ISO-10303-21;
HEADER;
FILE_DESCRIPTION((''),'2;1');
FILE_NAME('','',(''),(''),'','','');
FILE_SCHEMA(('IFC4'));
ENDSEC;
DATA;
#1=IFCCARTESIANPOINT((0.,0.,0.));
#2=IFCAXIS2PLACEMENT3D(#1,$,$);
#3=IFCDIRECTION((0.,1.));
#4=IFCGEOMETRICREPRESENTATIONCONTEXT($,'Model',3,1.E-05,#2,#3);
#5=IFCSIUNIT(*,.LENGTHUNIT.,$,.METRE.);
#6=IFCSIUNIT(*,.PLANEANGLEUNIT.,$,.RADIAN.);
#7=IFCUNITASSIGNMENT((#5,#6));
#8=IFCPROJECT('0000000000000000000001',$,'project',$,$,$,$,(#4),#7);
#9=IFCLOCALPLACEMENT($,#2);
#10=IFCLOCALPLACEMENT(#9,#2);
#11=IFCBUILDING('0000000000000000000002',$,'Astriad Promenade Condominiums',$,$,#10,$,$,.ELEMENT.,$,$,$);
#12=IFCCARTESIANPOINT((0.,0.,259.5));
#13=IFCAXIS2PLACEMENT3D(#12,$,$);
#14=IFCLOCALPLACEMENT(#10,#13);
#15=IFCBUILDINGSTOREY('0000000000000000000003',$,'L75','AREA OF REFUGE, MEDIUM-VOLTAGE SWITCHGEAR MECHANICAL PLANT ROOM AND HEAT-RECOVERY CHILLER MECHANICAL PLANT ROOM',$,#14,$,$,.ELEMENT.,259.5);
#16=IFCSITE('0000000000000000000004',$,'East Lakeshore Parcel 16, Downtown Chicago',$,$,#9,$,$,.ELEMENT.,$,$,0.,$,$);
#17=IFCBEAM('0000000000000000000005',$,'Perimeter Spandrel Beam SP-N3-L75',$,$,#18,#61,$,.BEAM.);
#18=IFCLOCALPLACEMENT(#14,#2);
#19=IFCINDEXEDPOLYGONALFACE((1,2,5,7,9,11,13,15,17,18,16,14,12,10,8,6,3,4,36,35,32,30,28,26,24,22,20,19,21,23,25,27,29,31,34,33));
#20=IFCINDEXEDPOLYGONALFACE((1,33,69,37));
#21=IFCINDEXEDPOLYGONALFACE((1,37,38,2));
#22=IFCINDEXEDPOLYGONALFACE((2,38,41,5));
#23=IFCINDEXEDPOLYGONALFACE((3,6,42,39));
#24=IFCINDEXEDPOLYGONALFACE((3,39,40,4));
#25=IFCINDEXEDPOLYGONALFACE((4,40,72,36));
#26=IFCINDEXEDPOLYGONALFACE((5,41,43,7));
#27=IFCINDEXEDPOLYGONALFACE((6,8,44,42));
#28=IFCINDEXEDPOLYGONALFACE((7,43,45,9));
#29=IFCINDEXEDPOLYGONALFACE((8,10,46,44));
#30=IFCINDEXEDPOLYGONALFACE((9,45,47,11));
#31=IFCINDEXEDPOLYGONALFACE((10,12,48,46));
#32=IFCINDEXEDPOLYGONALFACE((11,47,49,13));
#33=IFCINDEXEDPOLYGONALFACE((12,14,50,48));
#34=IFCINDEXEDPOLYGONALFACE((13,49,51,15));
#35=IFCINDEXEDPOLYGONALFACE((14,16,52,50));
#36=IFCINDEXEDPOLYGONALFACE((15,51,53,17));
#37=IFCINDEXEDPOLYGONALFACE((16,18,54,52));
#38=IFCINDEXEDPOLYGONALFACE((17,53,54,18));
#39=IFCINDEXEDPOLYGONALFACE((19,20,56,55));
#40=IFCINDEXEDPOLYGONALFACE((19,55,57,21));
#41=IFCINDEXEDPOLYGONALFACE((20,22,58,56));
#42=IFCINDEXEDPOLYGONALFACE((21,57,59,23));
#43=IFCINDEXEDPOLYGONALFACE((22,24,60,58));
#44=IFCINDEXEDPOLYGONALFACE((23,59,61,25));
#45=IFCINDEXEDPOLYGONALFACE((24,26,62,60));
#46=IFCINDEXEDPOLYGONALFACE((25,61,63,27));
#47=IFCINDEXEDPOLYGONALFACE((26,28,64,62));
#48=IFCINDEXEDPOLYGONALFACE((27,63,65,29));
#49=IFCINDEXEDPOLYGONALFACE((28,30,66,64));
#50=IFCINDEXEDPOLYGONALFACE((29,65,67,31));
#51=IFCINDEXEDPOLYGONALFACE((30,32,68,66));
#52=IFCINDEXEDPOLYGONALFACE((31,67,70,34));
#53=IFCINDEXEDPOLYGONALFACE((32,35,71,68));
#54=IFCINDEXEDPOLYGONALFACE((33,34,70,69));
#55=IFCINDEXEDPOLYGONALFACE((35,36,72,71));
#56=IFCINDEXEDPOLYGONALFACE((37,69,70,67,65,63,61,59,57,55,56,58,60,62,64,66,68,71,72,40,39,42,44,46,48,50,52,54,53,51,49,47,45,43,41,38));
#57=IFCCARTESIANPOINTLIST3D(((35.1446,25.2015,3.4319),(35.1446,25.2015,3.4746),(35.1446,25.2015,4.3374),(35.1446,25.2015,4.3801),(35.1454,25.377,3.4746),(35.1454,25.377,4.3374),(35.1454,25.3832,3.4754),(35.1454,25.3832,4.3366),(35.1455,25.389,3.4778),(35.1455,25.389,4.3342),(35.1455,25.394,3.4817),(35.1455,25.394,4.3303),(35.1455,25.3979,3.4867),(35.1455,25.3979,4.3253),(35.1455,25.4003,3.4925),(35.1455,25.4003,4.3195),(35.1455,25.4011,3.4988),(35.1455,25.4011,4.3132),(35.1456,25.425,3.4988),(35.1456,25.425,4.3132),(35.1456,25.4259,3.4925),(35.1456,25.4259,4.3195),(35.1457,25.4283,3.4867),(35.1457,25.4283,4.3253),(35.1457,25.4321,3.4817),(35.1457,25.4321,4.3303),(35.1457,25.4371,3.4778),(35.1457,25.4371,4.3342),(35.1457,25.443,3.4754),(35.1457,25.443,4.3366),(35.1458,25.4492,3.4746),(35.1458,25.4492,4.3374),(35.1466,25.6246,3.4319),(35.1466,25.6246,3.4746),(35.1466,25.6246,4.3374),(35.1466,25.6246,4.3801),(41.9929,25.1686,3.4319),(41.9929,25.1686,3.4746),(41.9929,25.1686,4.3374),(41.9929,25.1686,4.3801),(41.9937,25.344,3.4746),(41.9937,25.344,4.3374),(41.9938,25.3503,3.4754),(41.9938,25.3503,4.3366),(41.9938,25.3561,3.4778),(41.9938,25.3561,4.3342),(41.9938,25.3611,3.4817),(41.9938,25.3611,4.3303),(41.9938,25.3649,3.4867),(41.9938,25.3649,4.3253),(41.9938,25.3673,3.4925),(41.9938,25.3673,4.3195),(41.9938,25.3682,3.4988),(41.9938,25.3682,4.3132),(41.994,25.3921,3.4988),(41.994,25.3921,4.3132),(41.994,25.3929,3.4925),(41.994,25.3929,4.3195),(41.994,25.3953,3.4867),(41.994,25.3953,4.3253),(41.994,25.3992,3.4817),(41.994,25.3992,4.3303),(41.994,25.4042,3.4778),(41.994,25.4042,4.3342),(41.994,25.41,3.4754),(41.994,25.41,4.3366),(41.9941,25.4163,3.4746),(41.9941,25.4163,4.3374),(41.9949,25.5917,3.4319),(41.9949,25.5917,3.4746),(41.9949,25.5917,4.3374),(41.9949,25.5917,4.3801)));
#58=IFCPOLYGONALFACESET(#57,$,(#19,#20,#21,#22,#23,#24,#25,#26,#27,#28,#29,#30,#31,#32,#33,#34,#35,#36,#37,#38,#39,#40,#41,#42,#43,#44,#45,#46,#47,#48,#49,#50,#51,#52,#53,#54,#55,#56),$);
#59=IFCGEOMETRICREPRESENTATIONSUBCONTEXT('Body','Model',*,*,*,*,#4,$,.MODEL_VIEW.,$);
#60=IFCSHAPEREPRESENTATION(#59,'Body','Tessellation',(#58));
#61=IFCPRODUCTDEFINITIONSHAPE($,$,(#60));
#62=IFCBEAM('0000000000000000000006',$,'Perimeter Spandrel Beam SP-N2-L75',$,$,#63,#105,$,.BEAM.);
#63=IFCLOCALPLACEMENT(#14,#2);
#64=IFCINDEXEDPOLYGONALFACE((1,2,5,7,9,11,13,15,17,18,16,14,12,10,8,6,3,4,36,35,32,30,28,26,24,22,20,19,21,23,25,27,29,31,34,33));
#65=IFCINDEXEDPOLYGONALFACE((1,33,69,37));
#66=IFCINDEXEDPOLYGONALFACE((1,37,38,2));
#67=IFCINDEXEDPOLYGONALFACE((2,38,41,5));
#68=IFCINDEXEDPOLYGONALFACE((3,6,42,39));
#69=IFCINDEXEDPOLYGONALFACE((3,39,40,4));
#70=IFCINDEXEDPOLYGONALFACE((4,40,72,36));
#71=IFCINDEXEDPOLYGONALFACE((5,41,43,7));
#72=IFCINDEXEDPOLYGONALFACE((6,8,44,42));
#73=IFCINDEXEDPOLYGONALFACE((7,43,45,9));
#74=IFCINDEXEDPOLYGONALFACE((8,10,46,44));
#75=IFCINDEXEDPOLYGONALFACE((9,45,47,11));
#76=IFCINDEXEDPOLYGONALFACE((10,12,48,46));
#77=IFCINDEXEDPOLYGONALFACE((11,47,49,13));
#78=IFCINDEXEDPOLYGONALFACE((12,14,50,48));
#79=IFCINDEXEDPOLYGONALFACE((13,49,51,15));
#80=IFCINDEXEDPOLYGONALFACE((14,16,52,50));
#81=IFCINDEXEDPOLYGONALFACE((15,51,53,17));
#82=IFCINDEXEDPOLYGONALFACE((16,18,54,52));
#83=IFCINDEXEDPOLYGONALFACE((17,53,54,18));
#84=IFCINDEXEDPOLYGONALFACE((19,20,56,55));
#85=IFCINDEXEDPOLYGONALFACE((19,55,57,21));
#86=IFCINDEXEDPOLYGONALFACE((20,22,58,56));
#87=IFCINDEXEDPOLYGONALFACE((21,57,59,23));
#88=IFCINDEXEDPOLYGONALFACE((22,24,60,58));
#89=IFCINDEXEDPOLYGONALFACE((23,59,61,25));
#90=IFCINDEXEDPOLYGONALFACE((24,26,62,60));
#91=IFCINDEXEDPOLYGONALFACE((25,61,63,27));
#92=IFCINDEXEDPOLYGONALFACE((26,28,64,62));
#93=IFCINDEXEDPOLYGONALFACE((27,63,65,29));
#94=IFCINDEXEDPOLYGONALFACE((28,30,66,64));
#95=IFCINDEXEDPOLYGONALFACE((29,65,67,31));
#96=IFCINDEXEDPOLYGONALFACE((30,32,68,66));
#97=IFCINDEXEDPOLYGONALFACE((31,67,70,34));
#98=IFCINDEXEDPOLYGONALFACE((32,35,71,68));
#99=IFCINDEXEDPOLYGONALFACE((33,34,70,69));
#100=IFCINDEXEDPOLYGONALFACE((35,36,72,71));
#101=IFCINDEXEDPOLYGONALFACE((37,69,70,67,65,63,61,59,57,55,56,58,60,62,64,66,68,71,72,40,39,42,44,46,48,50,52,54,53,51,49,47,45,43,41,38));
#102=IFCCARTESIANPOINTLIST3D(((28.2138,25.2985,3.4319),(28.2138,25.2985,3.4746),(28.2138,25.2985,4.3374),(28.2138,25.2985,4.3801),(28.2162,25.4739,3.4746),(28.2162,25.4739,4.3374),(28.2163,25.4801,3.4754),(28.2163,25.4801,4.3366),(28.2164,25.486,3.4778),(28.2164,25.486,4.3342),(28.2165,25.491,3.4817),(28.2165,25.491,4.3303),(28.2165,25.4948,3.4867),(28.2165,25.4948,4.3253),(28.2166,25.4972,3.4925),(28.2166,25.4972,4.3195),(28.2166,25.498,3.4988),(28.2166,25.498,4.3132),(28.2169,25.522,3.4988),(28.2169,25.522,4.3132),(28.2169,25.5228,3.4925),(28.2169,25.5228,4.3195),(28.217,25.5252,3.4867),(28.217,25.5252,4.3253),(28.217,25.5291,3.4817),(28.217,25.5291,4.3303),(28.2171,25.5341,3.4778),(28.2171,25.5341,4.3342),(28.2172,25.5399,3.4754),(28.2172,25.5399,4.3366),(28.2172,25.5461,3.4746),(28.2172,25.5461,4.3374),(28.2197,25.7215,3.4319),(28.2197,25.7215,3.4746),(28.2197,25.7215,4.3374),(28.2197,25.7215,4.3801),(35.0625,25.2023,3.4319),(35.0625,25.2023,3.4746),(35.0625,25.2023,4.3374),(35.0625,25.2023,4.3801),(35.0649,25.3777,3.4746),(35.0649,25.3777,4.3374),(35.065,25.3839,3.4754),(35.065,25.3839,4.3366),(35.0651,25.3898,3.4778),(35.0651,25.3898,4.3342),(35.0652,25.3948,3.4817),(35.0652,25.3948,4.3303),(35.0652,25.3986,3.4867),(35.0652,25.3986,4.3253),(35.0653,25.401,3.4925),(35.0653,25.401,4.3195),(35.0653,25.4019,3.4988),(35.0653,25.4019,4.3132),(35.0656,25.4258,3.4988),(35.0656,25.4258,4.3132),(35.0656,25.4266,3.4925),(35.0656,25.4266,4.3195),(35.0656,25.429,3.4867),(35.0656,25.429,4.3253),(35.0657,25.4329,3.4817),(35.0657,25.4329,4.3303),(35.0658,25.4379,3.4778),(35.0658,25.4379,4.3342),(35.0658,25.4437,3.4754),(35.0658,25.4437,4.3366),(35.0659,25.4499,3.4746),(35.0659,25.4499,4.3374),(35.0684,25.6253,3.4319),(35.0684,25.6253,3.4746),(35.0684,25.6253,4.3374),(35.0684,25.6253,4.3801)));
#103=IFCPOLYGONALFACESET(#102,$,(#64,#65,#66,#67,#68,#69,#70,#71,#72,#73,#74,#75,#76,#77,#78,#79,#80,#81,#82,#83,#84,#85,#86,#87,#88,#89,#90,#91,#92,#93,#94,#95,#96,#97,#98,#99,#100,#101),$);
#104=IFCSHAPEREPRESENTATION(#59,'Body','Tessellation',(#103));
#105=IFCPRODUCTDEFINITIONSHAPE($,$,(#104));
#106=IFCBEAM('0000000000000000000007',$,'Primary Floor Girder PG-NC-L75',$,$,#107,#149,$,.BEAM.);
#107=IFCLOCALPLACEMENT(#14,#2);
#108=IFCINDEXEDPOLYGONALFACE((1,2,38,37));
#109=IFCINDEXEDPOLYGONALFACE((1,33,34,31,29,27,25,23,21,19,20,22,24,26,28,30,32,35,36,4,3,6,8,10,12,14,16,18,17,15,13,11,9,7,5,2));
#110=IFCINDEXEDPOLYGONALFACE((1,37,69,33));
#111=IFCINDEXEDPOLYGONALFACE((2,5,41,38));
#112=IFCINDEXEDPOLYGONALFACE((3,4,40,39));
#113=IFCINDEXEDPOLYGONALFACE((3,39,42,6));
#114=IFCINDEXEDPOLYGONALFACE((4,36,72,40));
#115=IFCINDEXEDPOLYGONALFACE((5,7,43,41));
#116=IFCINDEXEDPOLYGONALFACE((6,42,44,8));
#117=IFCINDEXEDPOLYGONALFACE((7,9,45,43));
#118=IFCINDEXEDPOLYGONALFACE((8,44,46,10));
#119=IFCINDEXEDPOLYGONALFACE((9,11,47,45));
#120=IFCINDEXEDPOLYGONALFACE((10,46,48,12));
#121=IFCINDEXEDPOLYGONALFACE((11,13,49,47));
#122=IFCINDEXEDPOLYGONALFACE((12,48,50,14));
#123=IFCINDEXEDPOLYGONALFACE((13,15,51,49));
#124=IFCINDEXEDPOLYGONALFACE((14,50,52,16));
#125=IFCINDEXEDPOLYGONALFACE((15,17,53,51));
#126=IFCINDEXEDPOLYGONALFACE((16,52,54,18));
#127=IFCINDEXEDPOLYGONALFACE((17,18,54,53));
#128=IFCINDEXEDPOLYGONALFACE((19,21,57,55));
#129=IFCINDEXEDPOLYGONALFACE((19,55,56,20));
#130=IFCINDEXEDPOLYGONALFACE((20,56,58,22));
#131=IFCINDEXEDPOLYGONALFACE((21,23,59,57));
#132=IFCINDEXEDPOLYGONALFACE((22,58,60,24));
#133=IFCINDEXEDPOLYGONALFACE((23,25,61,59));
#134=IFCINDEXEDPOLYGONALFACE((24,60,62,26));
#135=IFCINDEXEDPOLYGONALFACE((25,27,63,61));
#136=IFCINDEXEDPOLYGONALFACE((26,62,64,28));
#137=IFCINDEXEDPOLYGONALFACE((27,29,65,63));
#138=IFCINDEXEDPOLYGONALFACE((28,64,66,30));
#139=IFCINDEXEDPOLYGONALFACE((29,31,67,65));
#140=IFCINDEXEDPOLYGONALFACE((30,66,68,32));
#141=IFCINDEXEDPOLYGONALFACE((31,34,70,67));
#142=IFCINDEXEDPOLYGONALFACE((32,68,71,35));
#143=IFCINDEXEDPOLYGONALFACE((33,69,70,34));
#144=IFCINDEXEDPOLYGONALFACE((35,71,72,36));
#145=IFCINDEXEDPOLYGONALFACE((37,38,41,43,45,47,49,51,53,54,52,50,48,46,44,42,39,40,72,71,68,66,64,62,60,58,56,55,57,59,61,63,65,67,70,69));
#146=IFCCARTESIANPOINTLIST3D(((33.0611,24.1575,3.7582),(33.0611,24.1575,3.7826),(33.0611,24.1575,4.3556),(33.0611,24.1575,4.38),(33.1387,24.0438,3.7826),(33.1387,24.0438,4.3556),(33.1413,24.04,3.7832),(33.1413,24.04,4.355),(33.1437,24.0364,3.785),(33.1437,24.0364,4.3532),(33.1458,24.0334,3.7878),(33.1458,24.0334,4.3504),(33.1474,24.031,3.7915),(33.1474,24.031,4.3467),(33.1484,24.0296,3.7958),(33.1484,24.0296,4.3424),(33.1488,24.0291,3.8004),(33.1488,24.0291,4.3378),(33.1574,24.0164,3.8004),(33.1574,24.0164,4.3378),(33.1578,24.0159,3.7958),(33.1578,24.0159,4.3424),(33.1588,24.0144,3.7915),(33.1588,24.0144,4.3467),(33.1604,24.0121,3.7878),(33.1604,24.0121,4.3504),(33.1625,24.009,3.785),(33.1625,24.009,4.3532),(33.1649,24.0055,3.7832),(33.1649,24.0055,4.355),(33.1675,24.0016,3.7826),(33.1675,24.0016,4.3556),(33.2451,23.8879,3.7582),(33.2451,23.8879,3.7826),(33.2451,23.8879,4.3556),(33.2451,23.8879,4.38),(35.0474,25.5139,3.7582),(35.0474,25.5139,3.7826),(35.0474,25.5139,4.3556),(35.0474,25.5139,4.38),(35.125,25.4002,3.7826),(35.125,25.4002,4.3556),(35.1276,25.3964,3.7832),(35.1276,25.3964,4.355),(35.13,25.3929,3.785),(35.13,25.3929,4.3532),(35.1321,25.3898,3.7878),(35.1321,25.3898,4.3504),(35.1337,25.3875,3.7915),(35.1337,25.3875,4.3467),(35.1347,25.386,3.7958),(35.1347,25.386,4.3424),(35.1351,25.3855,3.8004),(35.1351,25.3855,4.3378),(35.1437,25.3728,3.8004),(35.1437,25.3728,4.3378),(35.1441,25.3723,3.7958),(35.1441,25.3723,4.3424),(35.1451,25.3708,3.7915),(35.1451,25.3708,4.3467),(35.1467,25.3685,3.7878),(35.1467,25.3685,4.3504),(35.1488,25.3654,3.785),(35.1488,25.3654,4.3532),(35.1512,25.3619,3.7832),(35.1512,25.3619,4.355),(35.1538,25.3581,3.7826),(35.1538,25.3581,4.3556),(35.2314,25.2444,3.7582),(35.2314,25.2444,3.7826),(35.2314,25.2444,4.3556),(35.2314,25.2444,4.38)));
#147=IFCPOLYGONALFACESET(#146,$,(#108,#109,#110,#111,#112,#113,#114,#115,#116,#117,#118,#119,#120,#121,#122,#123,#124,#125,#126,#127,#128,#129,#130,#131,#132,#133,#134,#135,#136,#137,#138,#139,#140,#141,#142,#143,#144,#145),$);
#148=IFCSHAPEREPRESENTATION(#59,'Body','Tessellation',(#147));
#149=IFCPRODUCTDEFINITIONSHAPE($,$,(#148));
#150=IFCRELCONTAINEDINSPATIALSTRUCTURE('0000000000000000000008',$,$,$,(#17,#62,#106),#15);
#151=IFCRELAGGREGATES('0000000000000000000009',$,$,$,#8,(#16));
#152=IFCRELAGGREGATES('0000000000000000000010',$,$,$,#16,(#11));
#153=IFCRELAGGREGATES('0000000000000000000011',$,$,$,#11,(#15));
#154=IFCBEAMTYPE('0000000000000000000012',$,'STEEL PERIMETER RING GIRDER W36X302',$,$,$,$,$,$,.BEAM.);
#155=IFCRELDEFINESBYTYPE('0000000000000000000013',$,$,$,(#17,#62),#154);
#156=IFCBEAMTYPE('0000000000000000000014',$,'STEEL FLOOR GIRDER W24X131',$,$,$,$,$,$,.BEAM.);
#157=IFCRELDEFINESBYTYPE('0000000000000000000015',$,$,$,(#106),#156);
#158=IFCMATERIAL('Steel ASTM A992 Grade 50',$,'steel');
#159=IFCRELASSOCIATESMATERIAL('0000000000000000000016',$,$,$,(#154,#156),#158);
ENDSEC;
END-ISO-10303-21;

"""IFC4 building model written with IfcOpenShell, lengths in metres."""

from ifc_helpers import new_model, si_unit, direction, frame, origin, origin_2d, place, context, subcontext, project, spatial, i_section, extrude, source, transform, mapped, material, material_profile, profile_set, type_object, type_shapes, element, save


model = new_model("IFC4")

# Units and contexts
model_context = context("Model", 3, precision=1e-05, world=origin(), true_north=direction((0.0, 1.0)))
body_context = subcontext(model_context, "Body", "Model", "MODEL_VIEW")
ifc_project = project(units=[si_unit("LENGTHUNIT", "METRE"), si_unit("PLANEANGLEUNIT", "RADIAN")], contexts=[model_context])

# Site, building, storey
site_placement = place(None, origin())
site = spatial("IfcSite", under=ifc_project, at=site_placement, Name="East Lakeshore Parcel 16, Downtown Chicago", CompositionType="ELEMENT", RefElevation=0.0)
building_placement = place(site_placement, origin())
building = spatial("IfcBuilding", under=site, at=building_placement, Name="Astriad Promenade Condominiums", CompositionType="ELEMENT")
storey_placement = place(building_placement, frame((0.0, 0.0, 259.5)))
storey = spatial("IfcBuildingStorey", under=building, at=storey_placement, Name="L75", Description="AREA OF REFUGE, MEDIUM-VOLTAGE SWITCHGEAR MECHANICAL PLANT ROOM AND HEAT-RECOVERY CHILLER MECHANICAL PLANT ROOM", CompositionType="ELEMENT", Elevation=259.5)

# Shared definitions
ifc_material_1 = material(Name="Steel ASTM A992 Grade 50", Category="steel")

# Beams
ifc_material_profile_1 = material_profile(ifc_material_1, i_section(OverallWidth=0.4231, OverallDepth=0.9482, WebThickness=0.0239, FlangeThickness=0.0427, FilletRadius=0.0242, at=origin_2d()), Name="W36X302")
ifc_profile_set_1 = profile_set([ifc_material_profile_1], Name="Steel ASTM A992 Grade 50")
beam_type_1 = type_object("IfcBeamType", Name="STEEL PERIMETER RING GIRDER W36X302", PredefinedType="BEAM", material=ifc_profile_set_1)
shared_shape_1 = source(origin(), body_context, "Body", "SweptSolid", [
    extrude(i_section(OverallWidth=0.4231, OverallDepth=0.9482, WebThickness=0.0239, FlangeThickness=0.0427, FilletRadius=0.0242, at=origin_2d()), origin(), (0.0, 0.0, 1.0), 6.8484),
])
beam_1_placement = place(storey_placement, frame((41.9939, 25.3801, 3.906), z_axis=(-0.999988, 0.004813, 0.0), x_axis=(-0.004813, -0.999988, 0.0)))
element("IfcBeam", 1, at=beam_1_placement, inside=storey, type_object=beam_type_1, Name="Perimeter Spandrel Beam SP-N3-L75", PredefinedType="BEAM", context=body_context, shape_type="MappedRepresentation", body=[
    mapped(shared_shape_1, transform((0.0, 0.0, 0.0), scale=1.0)),
])
shared_shape_2 = source(origin(), body_context, "Body", "SweptSolid", [
    extrude(i_section(OverallWidth=0.4231, OverallDepth=0.9482, WebThickness=0.0239, FlangeThickness=0.0427, FilletRadius=0.0242, at=origin_2d()), origin(), (0.0, 0.0, 1.0), 6.8494),
])
type_shapes(beam_type_1, [shared_shape_1, shared_shape_2])
beam_2_placement = place(storey_placement, frame((35.0654, 25.4138, 3.906), z_axis=(-0.999901, 0.014044, 0.0), x_axis=(-0.014044, -0.999901, 0.0)))
element("IfcBeam", 2, at=beam_2_placement, inside=storey, type_object=beam_type_1, Name="Perimeter Spandrel Beam SP-N2-L75", PredefinedType="BEAM", context=body_context, shape_type="MappedRepresentation", body=[
    mapped(shared_shape_2, transform((0.0, 0.0, 0.0), scale=1.0)),
])
ifc_material_profile_2 = material_profile(ifc_material_1, i_section(OverallWidth=0.3264, OverallDepth=0.6218, WebThickness=0.0154, FlangeThickness=0.0244, FilletRadius=0.0178, at=origin_2d()), Name="W24X131")
ifc_profile_set_2 = profile_set([ifc_material_profile_2], Name="Steel ASTM A992 Grade 50")
beam_type_2 = type_object("IfcBeamType", Name="STEEL FLOOR GIRDER W24X131", PredefinedType="BEAM", material=ifc_profile_set_2)
shared_shape_3 = source(origin(), body_context, "Body", "SweptSolid", [
    extrude(i_section(OverallWidth=0.3264, OverallDepth=0.6218, WebThickness=0.0154, FlangeThickness=0.0244, FilletRadius=0.0178, at=origin_2d()), origin(), (0.0, 0.0, 1.0), 2.4053),
])
type_shapes(beam_type_2, [shared_shape_3])
beam_3_placement = place(storey_placement, frame((35.1394, 25.3792, 4.0691), z_axis=(-0.825815, -0.563941, 0.0), x_axis=(0.563941, -0.825815, 0.0)))
element("IfcBeam", 3, at=beam_3_placement, inside=storey, type_object=beam_type_2, Name="Primary Floor Girder PG-NC-L75", PredefinedType="BEAM", context=body_context, shape_type="MappedRepresentation", body=[
    mapped(shared_shape_3, transform((0.0, 0.0, 0.0), scale=1.0)),
])

save(model, "model.ifc")
